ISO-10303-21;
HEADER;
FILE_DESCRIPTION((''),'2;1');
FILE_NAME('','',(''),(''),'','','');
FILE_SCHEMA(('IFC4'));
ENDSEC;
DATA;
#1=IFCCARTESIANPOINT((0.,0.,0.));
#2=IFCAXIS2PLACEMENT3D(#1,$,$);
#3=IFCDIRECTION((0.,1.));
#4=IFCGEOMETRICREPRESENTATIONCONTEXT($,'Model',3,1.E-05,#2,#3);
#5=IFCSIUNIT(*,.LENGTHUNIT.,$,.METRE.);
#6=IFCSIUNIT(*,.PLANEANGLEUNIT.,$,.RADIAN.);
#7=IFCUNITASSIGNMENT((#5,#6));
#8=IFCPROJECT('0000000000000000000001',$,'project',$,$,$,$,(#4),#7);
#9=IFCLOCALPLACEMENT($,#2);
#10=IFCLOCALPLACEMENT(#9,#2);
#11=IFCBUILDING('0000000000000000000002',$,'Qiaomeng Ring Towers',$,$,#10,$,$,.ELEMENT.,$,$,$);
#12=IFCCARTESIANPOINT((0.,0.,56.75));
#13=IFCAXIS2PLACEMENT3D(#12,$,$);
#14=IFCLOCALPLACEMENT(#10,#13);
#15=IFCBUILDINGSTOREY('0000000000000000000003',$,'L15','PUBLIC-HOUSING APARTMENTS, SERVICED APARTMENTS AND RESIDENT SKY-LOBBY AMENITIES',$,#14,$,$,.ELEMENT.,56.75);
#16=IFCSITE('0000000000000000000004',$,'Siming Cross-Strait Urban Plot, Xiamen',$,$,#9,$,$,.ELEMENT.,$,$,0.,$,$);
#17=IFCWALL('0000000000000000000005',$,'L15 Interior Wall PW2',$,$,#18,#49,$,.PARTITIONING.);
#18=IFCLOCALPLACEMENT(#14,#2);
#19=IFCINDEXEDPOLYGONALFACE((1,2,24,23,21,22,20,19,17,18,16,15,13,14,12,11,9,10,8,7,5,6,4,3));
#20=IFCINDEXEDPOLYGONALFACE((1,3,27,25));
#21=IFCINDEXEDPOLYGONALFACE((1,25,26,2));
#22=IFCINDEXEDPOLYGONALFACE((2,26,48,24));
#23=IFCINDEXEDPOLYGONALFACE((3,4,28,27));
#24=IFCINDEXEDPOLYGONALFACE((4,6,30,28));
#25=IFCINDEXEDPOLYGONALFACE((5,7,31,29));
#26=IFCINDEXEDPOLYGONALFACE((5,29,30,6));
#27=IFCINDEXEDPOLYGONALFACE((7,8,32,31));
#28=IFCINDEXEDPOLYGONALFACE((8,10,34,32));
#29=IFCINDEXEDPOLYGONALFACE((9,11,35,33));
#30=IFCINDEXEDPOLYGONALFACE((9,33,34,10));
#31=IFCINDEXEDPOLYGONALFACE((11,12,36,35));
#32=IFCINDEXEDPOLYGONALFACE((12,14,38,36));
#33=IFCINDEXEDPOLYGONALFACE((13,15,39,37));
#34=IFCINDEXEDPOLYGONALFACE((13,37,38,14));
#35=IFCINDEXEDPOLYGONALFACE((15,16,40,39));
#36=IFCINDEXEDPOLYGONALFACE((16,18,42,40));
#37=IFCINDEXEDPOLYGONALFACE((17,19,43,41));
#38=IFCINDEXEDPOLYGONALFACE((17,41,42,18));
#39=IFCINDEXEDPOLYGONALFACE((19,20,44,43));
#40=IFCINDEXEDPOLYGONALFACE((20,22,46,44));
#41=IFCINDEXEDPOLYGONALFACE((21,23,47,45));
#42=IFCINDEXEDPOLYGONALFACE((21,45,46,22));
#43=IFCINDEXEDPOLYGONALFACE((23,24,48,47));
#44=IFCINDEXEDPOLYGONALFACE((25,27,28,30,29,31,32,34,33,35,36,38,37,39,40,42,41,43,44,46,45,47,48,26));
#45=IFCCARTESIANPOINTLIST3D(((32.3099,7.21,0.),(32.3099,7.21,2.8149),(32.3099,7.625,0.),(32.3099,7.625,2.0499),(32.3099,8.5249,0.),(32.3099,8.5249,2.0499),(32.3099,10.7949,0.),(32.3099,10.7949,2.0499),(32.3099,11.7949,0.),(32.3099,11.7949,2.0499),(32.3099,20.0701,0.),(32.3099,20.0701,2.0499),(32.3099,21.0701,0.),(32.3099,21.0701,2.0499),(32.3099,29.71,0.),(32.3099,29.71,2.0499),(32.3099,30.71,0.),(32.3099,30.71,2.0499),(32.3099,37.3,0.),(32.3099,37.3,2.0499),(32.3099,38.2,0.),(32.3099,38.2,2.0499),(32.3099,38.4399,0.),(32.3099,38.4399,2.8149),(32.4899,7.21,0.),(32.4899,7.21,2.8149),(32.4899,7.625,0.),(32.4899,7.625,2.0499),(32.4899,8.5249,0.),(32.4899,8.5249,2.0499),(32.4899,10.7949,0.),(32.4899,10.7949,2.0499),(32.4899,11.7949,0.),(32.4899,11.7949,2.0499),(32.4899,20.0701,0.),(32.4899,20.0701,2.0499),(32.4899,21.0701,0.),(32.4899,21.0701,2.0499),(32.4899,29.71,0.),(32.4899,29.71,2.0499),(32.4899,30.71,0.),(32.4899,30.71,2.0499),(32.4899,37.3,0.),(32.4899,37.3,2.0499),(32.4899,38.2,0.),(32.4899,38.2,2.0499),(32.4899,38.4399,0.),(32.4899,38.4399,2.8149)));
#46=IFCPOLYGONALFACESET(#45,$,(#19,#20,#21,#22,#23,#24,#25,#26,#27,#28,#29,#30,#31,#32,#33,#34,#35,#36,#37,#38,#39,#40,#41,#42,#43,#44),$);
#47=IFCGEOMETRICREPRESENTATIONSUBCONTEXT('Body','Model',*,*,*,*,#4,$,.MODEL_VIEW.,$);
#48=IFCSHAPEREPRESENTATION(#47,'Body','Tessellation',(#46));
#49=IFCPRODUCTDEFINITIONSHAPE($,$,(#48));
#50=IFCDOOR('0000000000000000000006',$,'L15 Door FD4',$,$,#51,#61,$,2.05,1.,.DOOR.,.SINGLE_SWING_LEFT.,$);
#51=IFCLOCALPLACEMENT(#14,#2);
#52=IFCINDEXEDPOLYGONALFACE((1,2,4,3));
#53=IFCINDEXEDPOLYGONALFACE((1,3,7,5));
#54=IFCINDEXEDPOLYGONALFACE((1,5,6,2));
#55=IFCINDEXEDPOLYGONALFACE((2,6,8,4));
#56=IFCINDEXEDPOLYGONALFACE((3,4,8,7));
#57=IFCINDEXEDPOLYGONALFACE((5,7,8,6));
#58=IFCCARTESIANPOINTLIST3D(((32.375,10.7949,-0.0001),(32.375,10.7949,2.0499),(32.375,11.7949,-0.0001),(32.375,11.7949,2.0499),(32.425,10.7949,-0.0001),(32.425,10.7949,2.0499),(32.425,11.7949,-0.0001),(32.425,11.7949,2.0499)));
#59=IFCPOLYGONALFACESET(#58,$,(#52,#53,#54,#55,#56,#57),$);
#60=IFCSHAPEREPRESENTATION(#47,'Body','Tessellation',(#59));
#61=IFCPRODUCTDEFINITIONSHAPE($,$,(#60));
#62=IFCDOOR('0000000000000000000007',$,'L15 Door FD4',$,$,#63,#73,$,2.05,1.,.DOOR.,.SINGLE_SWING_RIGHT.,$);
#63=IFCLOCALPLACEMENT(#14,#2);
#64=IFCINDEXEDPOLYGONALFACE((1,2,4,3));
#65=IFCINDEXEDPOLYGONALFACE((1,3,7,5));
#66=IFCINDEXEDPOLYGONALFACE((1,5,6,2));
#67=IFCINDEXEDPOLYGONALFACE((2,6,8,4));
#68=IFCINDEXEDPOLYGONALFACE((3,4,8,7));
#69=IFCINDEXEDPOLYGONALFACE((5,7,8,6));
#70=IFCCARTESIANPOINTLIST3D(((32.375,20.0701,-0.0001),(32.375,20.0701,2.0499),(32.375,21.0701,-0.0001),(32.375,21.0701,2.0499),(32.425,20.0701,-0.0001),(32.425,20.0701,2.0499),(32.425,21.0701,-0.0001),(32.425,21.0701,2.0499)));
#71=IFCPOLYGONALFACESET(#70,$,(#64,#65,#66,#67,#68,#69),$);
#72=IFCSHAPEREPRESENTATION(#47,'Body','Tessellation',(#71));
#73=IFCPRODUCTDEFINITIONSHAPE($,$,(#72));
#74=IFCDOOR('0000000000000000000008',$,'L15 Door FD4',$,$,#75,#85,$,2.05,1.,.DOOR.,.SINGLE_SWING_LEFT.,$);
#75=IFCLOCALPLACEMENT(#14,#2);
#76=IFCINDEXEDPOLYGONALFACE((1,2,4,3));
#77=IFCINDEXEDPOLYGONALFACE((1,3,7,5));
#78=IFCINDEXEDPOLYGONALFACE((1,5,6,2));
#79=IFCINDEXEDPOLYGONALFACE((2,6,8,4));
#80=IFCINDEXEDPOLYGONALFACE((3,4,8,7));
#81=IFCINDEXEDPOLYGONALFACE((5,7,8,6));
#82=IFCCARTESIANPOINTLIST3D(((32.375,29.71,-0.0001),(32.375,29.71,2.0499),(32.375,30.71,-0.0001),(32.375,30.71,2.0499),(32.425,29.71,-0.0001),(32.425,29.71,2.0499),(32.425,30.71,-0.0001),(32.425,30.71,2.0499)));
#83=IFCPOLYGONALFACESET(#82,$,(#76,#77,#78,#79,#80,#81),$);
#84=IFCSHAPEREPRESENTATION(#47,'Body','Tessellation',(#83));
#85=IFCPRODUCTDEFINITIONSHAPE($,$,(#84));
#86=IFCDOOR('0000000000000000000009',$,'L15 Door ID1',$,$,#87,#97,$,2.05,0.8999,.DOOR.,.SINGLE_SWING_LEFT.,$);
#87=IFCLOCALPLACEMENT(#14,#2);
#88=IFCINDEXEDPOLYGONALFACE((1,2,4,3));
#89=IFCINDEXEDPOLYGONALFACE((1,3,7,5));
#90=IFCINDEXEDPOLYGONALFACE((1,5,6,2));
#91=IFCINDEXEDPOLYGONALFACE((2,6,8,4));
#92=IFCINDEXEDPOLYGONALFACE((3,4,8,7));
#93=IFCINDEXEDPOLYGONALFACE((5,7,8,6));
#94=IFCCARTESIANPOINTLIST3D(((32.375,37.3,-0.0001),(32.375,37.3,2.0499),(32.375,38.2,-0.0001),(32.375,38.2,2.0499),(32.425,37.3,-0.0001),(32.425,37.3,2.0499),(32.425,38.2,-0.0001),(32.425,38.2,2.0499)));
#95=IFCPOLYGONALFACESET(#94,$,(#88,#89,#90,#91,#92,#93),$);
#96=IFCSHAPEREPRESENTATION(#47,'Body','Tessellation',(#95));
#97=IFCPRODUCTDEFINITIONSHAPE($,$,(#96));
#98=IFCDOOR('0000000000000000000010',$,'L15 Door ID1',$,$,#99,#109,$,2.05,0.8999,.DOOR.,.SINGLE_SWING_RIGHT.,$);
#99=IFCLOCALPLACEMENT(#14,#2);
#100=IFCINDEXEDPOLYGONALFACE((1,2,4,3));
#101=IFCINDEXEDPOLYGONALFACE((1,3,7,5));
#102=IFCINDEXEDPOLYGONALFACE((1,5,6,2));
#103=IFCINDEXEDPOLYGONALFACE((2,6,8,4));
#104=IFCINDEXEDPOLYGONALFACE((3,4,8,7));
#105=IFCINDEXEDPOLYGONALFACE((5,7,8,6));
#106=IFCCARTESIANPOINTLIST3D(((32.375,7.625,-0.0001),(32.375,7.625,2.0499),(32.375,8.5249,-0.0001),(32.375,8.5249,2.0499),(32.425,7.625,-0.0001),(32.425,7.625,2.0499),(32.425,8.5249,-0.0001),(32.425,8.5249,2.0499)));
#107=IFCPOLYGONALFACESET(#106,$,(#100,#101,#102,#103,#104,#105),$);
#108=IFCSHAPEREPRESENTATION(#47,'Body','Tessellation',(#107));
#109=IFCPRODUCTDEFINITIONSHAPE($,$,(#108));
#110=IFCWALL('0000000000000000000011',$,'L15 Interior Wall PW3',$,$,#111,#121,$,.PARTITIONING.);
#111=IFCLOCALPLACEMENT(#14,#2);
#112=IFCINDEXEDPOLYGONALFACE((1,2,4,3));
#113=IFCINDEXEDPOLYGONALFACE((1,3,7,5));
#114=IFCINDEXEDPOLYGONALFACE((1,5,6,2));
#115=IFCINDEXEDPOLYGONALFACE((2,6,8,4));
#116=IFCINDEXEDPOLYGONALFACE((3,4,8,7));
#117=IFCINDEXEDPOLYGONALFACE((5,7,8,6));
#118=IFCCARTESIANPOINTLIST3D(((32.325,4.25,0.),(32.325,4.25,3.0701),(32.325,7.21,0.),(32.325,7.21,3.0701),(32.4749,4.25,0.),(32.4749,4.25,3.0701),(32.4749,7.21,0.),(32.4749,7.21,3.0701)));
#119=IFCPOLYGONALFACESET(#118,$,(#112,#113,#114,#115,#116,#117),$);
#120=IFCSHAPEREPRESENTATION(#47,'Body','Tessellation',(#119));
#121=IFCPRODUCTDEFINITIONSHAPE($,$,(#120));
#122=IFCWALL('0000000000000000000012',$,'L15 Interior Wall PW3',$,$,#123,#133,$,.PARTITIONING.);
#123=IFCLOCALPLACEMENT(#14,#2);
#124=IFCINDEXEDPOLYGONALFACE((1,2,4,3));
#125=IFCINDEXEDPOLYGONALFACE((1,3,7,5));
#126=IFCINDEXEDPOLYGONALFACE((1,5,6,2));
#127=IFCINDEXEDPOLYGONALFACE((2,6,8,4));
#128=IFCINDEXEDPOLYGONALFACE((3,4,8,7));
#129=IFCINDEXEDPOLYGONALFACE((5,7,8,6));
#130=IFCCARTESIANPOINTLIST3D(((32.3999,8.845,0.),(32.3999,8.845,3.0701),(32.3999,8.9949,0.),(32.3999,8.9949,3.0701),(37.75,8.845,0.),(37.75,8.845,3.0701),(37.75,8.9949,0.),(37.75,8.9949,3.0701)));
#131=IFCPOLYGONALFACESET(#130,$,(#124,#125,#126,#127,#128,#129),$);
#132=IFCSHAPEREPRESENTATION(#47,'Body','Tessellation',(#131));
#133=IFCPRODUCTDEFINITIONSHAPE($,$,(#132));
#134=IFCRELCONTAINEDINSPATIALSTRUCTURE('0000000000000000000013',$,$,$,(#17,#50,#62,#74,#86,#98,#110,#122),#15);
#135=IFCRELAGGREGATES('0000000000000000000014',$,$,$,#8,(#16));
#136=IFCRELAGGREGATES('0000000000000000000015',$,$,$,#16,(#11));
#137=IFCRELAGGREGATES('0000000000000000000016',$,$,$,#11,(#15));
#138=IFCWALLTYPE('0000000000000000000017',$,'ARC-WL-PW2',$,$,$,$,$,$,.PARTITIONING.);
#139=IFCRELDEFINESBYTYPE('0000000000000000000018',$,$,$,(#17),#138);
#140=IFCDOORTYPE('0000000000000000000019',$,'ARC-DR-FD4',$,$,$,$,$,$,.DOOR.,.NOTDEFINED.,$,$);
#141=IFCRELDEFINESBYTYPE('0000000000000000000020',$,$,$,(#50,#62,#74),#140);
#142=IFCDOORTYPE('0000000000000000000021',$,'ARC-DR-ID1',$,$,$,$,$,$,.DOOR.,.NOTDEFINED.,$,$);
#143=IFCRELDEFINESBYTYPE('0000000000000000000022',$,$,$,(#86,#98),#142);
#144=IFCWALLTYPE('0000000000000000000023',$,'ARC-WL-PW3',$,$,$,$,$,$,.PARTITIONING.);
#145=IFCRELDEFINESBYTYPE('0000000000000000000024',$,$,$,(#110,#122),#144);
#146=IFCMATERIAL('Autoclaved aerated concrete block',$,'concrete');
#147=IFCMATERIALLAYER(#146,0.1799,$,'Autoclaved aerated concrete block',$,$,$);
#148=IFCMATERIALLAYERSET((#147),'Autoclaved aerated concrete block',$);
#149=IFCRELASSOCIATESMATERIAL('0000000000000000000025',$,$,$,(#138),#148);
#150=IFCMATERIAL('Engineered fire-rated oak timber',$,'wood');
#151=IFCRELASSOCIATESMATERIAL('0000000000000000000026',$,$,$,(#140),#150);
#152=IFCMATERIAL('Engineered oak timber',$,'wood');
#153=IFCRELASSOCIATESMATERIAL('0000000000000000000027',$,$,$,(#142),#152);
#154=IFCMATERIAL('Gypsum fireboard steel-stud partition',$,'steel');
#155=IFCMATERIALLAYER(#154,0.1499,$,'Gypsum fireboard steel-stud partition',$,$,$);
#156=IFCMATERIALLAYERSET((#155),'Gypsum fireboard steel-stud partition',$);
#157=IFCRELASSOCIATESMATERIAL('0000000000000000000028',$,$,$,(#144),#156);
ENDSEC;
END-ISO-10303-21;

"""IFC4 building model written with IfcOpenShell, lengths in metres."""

from ifc_helpers import new_model, si_unit, direction, frame, frame_2d, origin, place, context, subcontext, project, spatial, rectangle, extrude, source, transform, mapped, material, layer, layer_set, type_object, element, fill, save


model = new_model("IFC4")

# Units and contexts
model_context = context("Model", 3, precision=1e-05, world=origin(), true_north=direction((0.0, 1.0)))
body_context = subcontext(model_context, "Body", "Model", "MODEL_VIEW")
ifc_project = project(units=[si_unit("LENGTHUNIT", "METRE"), si_unit("PLANEANGLEUNIT", "RADIAN")], contexts=[model_context])

# Site, building, storey
site_placement = place(None, origin())
site = spatial("IfcSite", under=ifc_project, at=site_placement, Name="Siming Cross-Strait Urban Plot, Xiamen", CompositionType="ELEMENT", RefElevation=0.0)
building_placement = place(site_placement, origin())
building = spatial("IfcBuilding", under=site, at=building_placement, Name="Qiaomeng Ring Towers", CompositionType="ELEMENT")
storey_placement = place(building_placement, frame((0.0, 0.0, 56.75)))
storey = spatial("IfcBuildingStorey", under=building, at=storey_placement, Name="L15", Description="PUBLIC-HOUSING APARTMENTS, SERVICED APARTMENTS AND RESIDENT SKY-LOBBY AMENITIES", CompositionType="ELEMENT", Elevation=56.75)

# Wall, openings, doors
ifc_material_1 = material(Name="Autoclaved aerated concrete block", Category="concrete")
ifc_layer_1 = layer(ifc_material_1, 0.1799, Name="Autoclaved aerated concrete block")
ifc_layer_set_1 = layer_set([ifc_layer_1], Name="Autoclaved aerated concrete block")
wall_type_1 = type_object("IfcWallType", Name="ARC-WL-PW2", PredefinedType="PARTITIONING", material=ifc_layer_set_1)
wall_1_placement = place(storey_placement, frame((32.3999, 7.21, 0.0), z_axis=(0.0, 0.0, 1.0), x_axis=(0.0, 1.0, 0.0)))
wall_1 = element("IfcWall", 1, at=wall_1_placement, inside=storey, type_object=wall_type_1, Name="L15 Interior Wall PW2", PredefinedType="PARTITIONING", context=body_context, shape_type="SweptSolid", body=[
    extrude(rectangle(XDim=31.23, YDim=0.1799, at=frame_2d((15.615, 0.0))), origin(), (0.0, 0.0, 1.0), 2.8149),
])
opening_1_placement = place(wall_1_placement, frame((30.0901, 0.0, 0.0)))
opening_1 = element("IfcOpeningElement", 2, at=opening_1_placement, cuts=wall_1, PredefinedType="OPENING", context=body_context, shape_type="SweptSolid", body=[
    extrude(rectangle(XDim=0.8999, YDim=2.05, at=frame_2d((0.45, 1.0249))), frame((0.0, 0.0999, 0.0), z_axis=(0.0, -1.0, 0.0), x_axis=(1.0, 0.0, 0.0)), (0.0, 0.0, 1.0), 0.2),
])
opening_2_placement = place(wall_1_placement, frame((0.415, 0.0, 0.0)))
opening_2 = element("IfcOpeningElement", 3, at=opening_2_placement, cuts=wall_1, PredefinedType="OPENING", context=body_context, shape_type="SweptSolid", body=[
    extrude(rectangle(XDim=0.8999, YDim=2.05, at=frame_2d((0.45, 1.0249))), frame((0.0, 0.0999, 0.0), z_axis=(0.0, -1.0, 0.0), x_axis=(1.0, 0.0, 0.0)), (0.0, 0.0, 1.0), 0.2),
])
opening_3_placement = place(wall_1_placement, frame((3.585, 0.0, 0.0)))
opening_3 = element("IfcOpeningElement", 4, at=opening_3_placement, cuts=wall_1, PredefinedType="OPENING", context=body_context, shape_type="SweptSolid", body=[
    extrude(rectangle(XDim=1.0, YDim=2.05, at=frame_2d((0.5, 1.0249))), frame((0.0, 0.0999, 0.0), z_axis=(0.0, -1.0, 0.0), x_axis=(1.0, 0.0, 0.0)), (0.0, 0.0, 1.0), 0.2),
])
opening_4_placement = place(wall_1_placement, frame((12.8601, 0.0, 0.0)))
opening_4 = element("IfcOpeningElement", 5, at=opening_4_placement, cuts=wall_1, PredefinedType="OPENING", context=body_context, shape_type="SweptSolid", body=[
    extrude(rectangle(XDim=1.0, YDim=2.05, at=frame_2d((0.5, 1.0249))), frame((0.0, 0.0999, 0.0), z_axis=(0.0, -1.0, 0.0), x_axis=(1.0, 0.0, 0.0)), (0.0, 0.0, 1.0), 0.2),
])
opening_5_placement = place(wall_1_placement, frame((22.5, 0.0, 0.0)))
opening_5 = element("IfcOpeningElement", 6, at=opening_5_placement, cuts=wall_1, PredefinedType="OPENING", context=body_context, shape_type="SweptSolid", body=[
    extrude(rectangle(XDim=1.0, YDim=2.05, at=frame_2d((0.5, 1.0249))), frame((0.0, 0.0999, 0.0), z_axis=(0.0, -1.0, 0.0), x_axis=(1.0, 0.0, 0.0)), (0.0, 0.0, 1.0), 0.2),
])
ifc_material_2 = material(Name="Engineered fire-rated oak timber", Category="wood")
door_type_1 = type_object("IfcDoorType", Name="ARC-DR-FD4", OperationType="NOTDEFINED", PredefinedType="DOOR", material=ifc_material_2)
shared_shape_1 = source(origin(), body_context, "Body", "SweptSolid", [
    extrude(rectangle(XDim=1.0, YDim=2.05, at=frame_2d((0.5, 1.0249))), frame((0.0, 0.0249, 0.0), z_axis=(0.0, -1.0, 0.0), x_axis=(1.0, 0.0, 0.0)), (0.0, 0.0, 1.0), 0.05),
])
door_1_placement = place(opening_3_placement, origin())
door_1 = element("IfcDoor", 7, at=door_1_placement, inside=storey, type_object=door_type_1, Name="L15 Door FD4", OperationType="SINGLE_SWING_LEFT", OverallHeight=2.05, OverallWidth=1.0, PredefinedType="DOOR", context=body_context, shape_type="MappedRepresentation", body=[
    mapped(shared_shape_1, transform((0.0, 0.0, 0.0), x_axis=(1.0, 0.0, 0.0), y_axis=(0.0, 1.0, 0.0), z_axis=(0.0, 0.0, 1.0), scale=1.0)),
])
fill(opening_3, door_1)
door_2_placement = place(opening_4_placement, origin())
door_2 = element("IfcDoor", 8, at=door_2_placement, inside=storey, type_object=door_type_1, Name="L15 Door FD4", OperationType="SINGLE_SWING_RIGHT", OverallHeight=2.05, OverallWidth=1.0, PredefinedType="DOOR", context=body_context, shape_type="MappedRepresentation", body=[
    mapped(shared_shape_1, transform((0.0, 0.0, 0.0), x_axis=(1.0, 0.0, 0.0), y_axis=(0.0, 1.0, 0.0), z_axis=(0.0, 0.0, 1.0), scale=1.0)),
])
fill(opening_4, door_2)
door_3_placement = place(opening_5_placement, origin())
door_3 = element("IfcDoor", 9, at=door_3_placement, inside=storey, type_object=door_type_1, Name="L15 Door FD4", OperationType="SINGLE_SWING_LEFT", OverallHeight=2.05, OverallWidth=1.0, PredefinedType="DOOR", context=body_context, shape_type="MappedRepresentation", body=[
    mapped(shared_shape_1, transform((0.0, 0.0, 0.0), x_axis=(1.0, 0.0, 0.0), y_axis=(0.0, 1.0, 0.0), z_axis=(0.0, 0.0, 1.0), scale=1.0)),
])
fill(opening_5, door_3)
ifc_material_3 = material(Name="Engineered oak timber", Category="wood")
door_type_2 = type_object("IfcDoorType", Name="ARC-DR-ID1", OperationType="NOTDEFINED", PredefinedType="DOOR", material=ifc_material_3)
shared_shape_2 = source(origin(), body_context, "Body", "SweptSolid", [
    extrude(rectangle(XDim=0.8999, YDim=2.05, at=frame_2d((0.45, 1.0249))), frame((0.0, 0.0249, 0.0), z_axis=(0.0, -1.0, 0.0), x_axis=(1.0, 0.0, 0.0)), (0.0, 0.0, 1.0), 0.05),
])
door_4_placement = place(opening_1_placement, origin())
door_4 = element("IfcDoor", 10, at=door_4_placement, inside=storey, type_object=door_type_2, Name="L15 Door ID1", OperationType="SINGLE_SWING_LEFT", OverallHeight=2.05, OverallWidth=0.8999, PredefinedType="DOOR", context=body_context, shape_type="MappedRepresentation", body=[
    mapped(shared_shape_2, transform((0.0, 0.0, 0.0), x_axis=(1.0, 0.0, 0.0), y_axis=(0.0, 1.0, 0.0), z_axis=(0.0, 0.0, 1.0), scale=1.0)),
])
fill(opening_1, door_4)
door_5_placement = place(opening_2_placement, origin())
door_5 = element("IfcDoor", 11, at=door_5_placement, inside=storey, type_object=door_type_2, Name="L15 Door ID1", OperationType="SINGLE_SWING_RIGHT", OverallHeight=2.05, OverallWidth=0.8999, PredefinedType="DOOR", context=body_context, shape_type="MappedRepresentation", body=[
    mapped(shared_shape_2, transform((0.0, 0.0, 0.0), x_axis=(1.0, 0.0, 0.0), y_axis=(0.0, 1.0, 0.0), z_axis=(0.0, 0.0, 1.0), scale=1.0)),
])
fill(opening_2, door_5)

# Walls
ifc_material_4 = material(Name="Gypsum fireboard steel-stud partition", Category="steel")
ifc_layer_2 = layer(ifc_material_4, 0.1499, Name="Gypsum fireboard steel-stud partition")
ifc_layer_set_2 = layer_set([ifc_layer_2], Name="Gypsum fireboard steel-stud partition")
wall_type_2 = type_object("IfcWallType", Name="ARC-WL-PW3", PredefinedType="PARTITIONING", material=ifc_layer_set_2)
wall_2_placement = place(storey_placement, frame((32.3999, 4.25, 0.0), z_axis=(0.0, 0.0, 1.0), x_axis=(0.0, 1.0, 0.0)))
element("IfcWall", 12, at=wall_2_placement, inside=storey, type_object=wall_type_2, Name="L15 Interior Wall PW3", PredefinedType="PARTITIONING", context=body_context, shape_type="SweptSolid", body=[
    extrude(rectangle(XDim=2.96, YDim=0.1499, at=frame_2d((1.48, 0.0))), origin(), (0.0, 0.0, 1.0), 3.0701),
])
wall_3_placement = place(storey_placement, frame((32.3999, 8.9199, 0.0), z_axis=(0.0, 0.0, 1.0), x_axis=(1.0, 0.0, 0.0)))
element("IfcWall", 13, at=wall_3_placement, inside=storey, type_object=wall_type_2, Name="L15 Interior Wall PW3", PredefinedType="PARTITIONING", context=body_context, shape_type="SweptSolid", body=[
    extrude(rectangle(XDim=5.3501, YDim=0.1499, at=frame_2d((2.675, 0.0))), origin(), (0.0, 0.0, 1.0), 3.0701),
])

save(model, "model.ifc")
